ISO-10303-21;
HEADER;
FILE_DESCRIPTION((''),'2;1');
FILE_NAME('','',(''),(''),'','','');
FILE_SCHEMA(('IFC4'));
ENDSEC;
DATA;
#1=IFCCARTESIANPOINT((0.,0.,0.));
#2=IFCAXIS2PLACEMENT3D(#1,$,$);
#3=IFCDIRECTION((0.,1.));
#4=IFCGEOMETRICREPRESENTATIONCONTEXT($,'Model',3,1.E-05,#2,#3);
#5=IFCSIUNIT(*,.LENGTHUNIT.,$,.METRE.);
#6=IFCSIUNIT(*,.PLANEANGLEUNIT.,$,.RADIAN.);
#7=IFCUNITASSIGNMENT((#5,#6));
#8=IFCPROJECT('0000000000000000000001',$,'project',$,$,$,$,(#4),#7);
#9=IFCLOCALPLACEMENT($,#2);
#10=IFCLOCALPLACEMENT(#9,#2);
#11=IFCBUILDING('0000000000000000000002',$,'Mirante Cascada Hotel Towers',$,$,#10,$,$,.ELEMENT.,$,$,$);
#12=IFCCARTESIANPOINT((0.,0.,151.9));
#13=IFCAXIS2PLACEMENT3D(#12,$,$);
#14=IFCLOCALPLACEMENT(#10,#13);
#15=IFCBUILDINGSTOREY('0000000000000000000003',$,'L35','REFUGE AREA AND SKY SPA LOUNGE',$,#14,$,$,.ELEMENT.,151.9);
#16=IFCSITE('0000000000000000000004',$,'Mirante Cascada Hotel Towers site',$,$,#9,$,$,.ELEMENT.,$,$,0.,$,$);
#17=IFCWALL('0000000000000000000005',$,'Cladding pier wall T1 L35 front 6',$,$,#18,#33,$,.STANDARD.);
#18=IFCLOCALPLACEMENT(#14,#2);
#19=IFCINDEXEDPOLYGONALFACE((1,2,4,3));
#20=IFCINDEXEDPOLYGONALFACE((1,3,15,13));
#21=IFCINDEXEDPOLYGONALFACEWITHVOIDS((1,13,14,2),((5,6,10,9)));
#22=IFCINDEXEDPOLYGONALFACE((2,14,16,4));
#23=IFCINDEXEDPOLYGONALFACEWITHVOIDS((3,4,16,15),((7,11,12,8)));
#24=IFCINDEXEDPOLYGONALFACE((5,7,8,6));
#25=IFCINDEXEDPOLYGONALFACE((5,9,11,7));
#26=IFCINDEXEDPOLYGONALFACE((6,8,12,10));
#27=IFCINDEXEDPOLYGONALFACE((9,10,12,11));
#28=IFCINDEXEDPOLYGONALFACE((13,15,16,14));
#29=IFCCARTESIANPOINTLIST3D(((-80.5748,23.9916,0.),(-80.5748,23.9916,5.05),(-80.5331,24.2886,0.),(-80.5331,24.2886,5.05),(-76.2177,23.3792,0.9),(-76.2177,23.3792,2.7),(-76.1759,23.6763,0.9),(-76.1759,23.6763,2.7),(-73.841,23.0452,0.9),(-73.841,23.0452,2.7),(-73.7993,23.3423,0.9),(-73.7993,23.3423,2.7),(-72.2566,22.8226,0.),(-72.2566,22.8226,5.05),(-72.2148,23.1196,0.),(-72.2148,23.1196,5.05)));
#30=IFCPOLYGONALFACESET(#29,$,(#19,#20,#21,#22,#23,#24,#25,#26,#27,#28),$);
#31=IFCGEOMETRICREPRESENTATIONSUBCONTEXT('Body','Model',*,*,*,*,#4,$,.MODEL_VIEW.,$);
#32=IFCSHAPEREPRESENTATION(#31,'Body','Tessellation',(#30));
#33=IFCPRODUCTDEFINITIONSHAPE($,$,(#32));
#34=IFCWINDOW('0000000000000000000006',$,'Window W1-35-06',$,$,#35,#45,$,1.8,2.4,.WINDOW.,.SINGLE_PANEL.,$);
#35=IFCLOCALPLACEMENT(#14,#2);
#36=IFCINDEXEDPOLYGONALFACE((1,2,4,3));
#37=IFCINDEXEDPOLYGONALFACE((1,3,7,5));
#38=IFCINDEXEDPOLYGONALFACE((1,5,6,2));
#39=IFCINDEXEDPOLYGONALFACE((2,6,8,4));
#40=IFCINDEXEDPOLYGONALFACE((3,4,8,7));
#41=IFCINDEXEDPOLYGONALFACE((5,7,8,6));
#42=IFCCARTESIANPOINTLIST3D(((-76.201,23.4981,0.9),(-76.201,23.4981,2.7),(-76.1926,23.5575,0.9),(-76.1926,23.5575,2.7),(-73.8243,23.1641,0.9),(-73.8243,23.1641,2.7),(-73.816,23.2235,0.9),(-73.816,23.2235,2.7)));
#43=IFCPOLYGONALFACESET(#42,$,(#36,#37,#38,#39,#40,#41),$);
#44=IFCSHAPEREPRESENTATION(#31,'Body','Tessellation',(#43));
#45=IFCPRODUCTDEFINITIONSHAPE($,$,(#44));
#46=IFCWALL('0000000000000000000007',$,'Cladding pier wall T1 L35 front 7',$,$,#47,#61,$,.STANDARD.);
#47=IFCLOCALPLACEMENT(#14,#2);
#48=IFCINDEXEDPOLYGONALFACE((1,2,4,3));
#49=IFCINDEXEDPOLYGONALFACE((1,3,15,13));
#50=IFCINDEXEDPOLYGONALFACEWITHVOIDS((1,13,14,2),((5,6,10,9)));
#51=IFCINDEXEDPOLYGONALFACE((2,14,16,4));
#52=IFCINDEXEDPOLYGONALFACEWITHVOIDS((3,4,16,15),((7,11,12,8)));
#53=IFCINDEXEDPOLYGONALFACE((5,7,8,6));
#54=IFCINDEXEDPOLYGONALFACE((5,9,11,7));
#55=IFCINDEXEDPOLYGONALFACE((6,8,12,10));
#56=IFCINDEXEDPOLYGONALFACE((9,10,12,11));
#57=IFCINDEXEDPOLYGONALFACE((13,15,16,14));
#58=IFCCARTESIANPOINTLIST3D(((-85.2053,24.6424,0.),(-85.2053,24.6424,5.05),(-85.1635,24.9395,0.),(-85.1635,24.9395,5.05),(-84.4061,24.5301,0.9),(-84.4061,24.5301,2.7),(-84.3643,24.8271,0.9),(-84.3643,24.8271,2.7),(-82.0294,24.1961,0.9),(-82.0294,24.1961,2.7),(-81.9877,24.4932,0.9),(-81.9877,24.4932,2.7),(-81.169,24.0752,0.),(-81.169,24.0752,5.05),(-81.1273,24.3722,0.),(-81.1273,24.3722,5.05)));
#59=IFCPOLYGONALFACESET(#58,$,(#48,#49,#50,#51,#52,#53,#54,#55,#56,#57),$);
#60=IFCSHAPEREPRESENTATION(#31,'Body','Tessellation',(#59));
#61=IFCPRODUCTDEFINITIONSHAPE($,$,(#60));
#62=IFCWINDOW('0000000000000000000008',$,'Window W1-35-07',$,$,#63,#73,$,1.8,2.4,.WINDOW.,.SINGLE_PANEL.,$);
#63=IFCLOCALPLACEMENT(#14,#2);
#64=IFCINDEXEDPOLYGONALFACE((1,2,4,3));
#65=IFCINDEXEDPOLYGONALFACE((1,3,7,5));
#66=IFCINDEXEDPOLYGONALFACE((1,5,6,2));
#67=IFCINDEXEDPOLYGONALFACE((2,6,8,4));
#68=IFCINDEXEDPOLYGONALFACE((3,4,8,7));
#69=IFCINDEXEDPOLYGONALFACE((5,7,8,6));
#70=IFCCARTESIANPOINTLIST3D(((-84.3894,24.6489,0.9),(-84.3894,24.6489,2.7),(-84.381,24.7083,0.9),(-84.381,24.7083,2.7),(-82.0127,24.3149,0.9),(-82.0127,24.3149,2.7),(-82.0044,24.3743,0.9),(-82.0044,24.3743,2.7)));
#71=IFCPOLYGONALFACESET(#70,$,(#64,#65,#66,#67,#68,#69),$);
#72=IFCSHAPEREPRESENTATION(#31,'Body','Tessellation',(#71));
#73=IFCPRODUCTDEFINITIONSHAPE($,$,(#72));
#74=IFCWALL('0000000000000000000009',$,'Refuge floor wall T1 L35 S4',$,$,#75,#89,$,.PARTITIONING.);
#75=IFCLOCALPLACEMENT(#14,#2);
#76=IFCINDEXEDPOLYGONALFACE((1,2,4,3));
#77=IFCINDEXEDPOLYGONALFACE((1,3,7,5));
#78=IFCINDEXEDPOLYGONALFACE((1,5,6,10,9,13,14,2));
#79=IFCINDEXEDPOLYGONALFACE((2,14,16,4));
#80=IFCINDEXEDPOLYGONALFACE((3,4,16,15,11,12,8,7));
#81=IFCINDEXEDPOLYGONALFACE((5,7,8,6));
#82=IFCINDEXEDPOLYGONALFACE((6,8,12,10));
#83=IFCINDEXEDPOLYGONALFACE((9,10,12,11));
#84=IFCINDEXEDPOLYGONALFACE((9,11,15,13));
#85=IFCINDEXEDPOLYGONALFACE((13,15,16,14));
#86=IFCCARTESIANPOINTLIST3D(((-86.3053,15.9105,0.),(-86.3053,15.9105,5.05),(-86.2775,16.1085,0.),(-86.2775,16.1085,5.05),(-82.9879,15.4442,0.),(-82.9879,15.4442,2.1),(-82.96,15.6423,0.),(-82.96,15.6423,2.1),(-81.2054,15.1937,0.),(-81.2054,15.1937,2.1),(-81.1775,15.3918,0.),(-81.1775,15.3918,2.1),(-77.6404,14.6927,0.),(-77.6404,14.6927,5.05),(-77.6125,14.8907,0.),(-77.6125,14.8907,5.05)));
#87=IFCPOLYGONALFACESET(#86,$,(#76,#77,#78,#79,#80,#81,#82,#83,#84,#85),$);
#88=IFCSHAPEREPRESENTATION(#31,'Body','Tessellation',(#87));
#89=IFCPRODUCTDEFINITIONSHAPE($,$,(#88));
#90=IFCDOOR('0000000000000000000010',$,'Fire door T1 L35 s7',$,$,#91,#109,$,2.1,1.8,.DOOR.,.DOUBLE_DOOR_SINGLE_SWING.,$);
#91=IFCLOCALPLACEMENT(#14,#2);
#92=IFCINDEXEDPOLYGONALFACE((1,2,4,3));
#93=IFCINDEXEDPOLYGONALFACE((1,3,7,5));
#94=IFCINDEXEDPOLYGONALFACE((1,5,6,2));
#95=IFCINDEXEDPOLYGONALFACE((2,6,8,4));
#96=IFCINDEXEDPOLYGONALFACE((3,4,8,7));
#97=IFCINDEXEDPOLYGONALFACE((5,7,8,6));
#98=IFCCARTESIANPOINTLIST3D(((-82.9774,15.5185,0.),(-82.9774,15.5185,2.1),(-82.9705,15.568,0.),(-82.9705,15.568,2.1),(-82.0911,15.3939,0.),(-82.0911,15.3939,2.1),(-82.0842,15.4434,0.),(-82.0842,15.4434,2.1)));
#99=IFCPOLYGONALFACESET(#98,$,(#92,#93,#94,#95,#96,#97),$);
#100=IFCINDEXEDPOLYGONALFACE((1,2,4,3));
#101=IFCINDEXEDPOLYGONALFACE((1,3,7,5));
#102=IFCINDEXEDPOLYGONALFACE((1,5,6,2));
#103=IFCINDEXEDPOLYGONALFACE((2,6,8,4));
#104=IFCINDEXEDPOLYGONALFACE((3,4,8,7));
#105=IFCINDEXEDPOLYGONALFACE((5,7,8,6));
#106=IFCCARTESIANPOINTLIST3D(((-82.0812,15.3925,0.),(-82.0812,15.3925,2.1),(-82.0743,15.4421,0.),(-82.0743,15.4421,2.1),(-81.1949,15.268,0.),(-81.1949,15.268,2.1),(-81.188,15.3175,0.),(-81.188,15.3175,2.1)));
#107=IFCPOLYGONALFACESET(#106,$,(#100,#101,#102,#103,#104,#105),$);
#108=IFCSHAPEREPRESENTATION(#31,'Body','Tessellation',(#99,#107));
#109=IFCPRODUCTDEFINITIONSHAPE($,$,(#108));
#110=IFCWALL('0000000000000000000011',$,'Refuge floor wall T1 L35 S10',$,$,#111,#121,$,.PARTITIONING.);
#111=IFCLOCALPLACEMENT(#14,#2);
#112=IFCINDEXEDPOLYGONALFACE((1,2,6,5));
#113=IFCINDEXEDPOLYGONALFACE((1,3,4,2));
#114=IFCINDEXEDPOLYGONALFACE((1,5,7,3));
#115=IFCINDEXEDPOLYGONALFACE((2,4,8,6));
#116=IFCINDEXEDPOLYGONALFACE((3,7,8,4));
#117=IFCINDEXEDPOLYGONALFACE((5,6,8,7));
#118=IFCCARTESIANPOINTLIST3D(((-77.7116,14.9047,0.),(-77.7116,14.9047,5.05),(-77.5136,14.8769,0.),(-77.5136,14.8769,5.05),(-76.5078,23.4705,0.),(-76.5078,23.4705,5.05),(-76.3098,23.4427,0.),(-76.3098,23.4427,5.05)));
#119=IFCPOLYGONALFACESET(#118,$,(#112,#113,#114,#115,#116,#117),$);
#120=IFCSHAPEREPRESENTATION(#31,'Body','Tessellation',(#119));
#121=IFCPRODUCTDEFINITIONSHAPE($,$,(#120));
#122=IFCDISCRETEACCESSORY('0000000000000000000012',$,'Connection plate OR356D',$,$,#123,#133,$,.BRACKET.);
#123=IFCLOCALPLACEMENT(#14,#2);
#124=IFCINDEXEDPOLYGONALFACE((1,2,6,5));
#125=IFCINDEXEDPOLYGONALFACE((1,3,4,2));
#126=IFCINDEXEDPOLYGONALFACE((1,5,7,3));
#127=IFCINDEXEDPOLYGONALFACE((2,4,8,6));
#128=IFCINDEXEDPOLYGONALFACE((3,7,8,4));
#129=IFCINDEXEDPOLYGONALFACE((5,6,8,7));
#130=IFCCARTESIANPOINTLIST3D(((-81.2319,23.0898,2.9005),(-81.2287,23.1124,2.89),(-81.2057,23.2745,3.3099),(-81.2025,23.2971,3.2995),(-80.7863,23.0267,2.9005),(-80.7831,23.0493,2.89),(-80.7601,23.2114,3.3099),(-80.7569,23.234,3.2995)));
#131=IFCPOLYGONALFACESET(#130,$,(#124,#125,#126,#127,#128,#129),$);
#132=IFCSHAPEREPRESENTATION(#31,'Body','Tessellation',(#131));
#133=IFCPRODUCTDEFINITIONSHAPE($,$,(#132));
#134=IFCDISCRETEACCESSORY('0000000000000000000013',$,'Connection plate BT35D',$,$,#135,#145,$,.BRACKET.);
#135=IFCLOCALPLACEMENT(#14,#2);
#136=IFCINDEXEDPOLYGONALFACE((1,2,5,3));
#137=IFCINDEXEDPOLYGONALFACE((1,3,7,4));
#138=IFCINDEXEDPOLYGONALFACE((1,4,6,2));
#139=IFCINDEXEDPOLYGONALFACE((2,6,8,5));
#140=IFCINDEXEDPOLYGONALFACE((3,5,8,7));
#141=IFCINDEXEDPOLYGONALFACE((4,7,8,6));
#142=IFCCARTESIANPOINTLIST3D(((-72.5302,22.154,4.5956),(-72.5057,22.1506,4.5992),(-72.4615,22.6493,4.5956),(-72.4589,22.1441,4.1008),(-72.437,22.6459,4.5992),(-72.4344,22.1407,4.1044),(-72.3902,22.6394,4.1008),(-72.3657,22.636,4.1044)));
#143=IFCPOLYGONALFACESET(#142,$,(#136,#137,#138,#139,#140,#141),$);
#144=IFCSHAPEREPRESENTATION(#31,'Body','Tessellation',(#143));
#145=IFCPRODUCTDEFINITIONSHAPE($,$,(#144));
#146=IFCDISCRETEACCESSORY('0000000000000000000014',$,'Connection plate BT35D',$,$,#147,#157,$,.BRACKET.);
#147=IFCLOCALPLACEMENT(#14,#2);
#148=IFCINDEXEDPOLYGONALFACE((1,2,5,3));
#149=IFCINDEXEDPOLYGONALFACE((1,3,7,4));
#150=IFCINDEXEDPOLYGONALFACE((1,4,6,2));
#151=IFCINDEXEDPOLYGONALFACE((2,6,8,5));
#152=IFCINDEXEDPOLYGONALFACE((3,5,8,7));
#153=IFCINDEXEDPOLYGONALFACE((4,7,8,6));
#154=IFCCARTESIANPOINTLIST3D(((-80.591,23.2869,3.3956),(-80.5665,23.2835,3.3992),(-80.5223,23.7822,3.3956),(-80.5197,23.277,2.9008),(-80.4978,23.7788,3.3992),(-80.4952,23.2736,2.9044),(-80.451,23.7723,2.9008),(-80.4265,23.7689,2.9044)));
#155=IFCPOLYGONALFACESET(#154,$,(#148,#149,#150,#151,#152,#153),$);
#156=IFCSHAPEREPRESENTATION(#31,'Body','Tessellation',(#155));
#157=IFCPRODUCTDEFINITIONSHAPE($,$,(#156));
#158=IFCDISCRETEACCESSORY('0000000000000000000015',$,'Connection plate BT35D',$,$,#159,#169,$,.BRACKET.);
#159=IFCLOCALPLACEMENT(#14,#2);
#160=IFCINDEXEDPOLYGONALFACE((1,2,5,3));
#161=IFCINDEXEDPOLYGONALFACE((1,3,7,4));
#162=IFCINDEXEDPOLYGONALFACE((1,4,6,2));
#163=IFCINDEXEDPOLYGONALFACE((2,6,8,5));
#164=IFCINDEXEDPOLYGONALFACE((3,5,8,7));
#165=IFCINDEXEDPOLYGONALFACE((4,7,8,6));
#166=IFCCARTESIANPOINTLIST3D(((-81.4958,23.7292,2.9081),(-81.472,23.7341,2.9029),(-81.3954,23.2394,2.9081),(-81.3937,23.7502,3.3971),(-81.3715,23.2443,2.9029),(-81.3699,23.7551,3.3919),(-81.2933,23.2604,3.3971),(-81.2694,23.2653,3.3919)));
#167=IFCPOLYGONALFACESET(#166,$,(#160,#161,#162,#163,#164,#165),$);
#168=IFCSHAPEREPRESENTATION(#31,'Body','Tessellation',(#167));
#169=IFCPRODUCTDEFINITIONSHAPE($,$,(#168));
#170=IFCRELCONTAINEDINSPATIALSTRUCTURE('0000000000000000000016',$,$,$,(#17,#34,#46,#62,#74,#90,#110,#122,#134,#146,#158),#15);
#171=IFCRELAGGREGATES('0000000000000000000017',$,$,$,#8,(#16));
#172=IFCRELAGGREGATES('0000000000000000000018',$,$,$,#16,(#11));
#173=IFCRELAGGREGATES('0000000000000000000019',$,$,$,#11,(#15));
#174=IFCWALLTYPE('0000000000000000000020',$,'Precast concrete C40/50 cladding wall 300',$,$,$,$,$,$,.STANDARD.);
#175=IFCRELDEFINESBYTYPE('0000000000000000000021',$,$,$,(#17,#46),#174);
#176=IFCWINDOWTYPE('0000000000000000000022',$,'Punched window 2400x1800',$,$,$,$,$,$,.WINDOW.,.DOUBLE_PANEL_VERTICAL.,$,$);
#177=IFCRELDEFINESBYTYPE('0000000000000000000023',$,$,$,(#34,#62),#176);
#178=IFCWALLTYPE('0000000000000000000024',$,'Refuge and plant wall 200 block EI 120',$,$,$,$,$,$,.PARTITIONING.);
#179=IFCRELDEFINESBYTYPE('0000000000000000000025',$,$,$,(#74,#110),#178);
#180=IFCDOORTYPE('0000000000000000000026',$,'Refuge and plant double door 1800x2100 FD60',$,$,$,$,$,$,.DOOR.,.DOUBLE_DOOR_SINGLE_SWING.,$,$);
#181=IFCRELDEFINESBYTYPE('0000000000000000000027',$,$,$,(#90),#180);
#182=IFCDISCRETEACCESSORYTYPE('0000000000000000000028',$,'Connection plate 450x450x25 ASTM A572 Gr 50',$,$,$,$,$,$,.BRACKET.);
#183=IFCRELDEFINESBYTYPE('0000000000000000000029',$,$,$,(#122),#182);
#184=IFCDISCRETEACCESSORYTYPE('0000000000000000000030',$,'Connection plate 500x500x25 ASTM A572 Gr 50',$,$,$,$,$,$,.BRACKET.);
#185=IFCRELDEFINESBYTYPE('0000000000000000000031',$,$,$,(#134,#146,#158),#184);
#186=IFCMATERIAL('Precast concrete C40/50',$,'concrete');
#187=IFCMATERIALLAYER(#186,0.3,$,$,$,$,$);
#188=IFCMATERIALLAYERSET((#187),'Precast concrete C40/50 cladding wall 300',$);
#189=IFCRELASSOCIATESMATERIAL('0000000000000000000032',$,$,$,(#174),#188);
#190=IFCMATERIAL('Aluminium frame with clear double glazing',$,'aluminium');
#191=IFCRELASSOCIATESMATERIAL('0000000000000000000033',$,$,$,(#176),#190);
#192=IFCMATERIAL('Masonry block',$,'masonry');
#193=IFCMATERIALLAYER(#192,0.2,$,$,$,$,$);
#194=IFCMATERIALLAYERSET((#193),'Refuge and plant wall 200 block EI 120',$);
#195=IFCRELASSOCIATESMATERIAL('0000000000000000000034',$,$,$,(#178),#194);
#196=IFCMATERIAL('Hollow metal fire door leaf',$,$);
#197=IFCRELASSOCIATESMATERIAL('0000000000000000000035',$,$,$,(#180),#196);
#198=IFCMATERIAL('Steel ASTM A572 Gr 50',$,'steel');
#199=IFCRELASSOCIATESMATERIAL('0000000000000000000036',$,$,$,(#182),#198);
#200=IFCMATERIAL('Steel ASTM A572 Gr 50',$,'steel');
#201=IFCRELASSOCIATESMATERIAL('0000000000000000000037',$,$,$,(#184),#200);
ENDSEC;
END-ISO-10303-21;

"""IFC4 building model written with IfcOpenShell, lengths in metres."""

from ifc_helpers import new_model, si_unit, direction, frame, frame_2d, origin, origin_2d, place, context, subcontext, project, spatial, rectangle, extrude, material, layer, layer_set, material_profile, profile_set, type_object, element, fill, save


model = new_model("IFC4")

# Units and contexts
model_context = context("Model", 3, precision=1e-05, world=origin(), true_north=direction((0.0, 1.0)))
body_context = subcontext(model_context, "Body", "Model", "MODEL_VIEW")
ifc_project = project(units=[si_unit("LENGTHUNIT", "METRE"), si_unit("PLANEANGLEUNIT", "RADIAN")], contexts=[model_context])

# Site, building, storey
site_placement = place(None, origin())
site = spatial("IfcSite", under=ifc_project, at=site_placement, Name="Mirante Cascada Hotel Towers site", CompositionType="ELEMENT", RefElevation=0.0)
building_placement = place(site_placement, origin())
building = spatial("IfcBuilding", under=site, at=building_placement, Name="Mirante Cascada Hotel Towers", CompositionType="ELEMENT")
storey_placement = place(building_placement, frame((0.0, 0.0, 151.9)))
storey = spatial("IfcBuildingStorey", under=building, at=storey_placement, Name="L35", Description="REFUGE AREA AND SKY SPA LOUNGE", CompositionType="ELEMENT", Elevation=151.9)

# Walls, openings, windows
ifc_material_1 = material(Name="Precast concrete C40/50", Category="concrete")
ifc_layer_1 = layer(ifc_material_1, 0.3)
ifc_layer_set_1 = layer_set([ifc_layer_1], Name="Precast concrete C40/50 cladding wall 300")
wall_type_1 = type_object("IfcWallType", Name="Precast concrete C40/50 cladding wall 300", PredefinedType="STANDARD", material=ifc_layer_set_1)
wall_1_placement = place(storey_placement, frame((-72.2357, 22.9711, 0.0), z_axis=(0.0, 0.0, 1.0), x_axis=(-0.990269, 0.139166, 0.0)))
wall_1 = element("IfcWall", 1, at=wall_1_placement, inside=storey, type_object=wall_type_1, Name="Cladding pier wall T1 L35 front 6", PredefinedType="STANDARD", context=body_context, shape_type="SweptSolid", body=[
    extrude(rectangle(XDim=8.4, YDim=0.3, at=frame_2d((4.2, 0.0))), origin(), (0.0, 0.0, 1.0), 5.05),
])
opening_1_placement = place(wall_1_placement, frame((1.6, 0.0, 0.9)))
opening_1 = element("IfcOpeningElement", 2, at=opening_1_placement, cuts=wall_1, PredefinedType="OPENING", context=body_context, shape_type="SweptSolid", body=[
    extrude(rectangle(XDim=2.4, YDim=1.8, at=frame_2d((1.2, 0.9))), frame((0.0, 0.15, 0.0), z_axis=(0.0, -1.0, 0.0), x_axis=(1.0, 0.0, 0.0)), (0.0, 0.0, 1.0), 0.3),
])
ifc_material_2 = material(Name="Aluminium frame with clear double glazing", Category="aluminium")
window_type = type_object("IfcWindowType", Name="Punched window 2400x1800", PartitioningType="DOUBLE_PANEL_VERTICAL", PredefinedType="WINDOW", material=ifc_material_2)
window_1_placement = place(opening_1_placement, origin())
window_1 = element("IfcWindow", 3, at=window_1_placement, inside=storey, type_object=window_type, Name="Window W1-35-06", OverallHeight=1.8, OverallWidth=2.4, PartitioningType="SINGLE_PANEL", PredefinedType="WINDOW", context=body_context, shape_type="SweptSolid", body=[
    extrude(rectangle(XDim=2.4, YDim=1.8, at=frame_2d((1.2, 0.9))), frame((0.0, 0.03, 0.0), z_axis=(0.0, -1.0, 0.0), x_axis=(1.0, 0.0, 0.0)), (0.0, 0.0, 1.0), 0.06),
])
fill(opening_1, window_1)
wall_2_placement = place(storey_placement, frame((-81.1481, 24.2237, 0.0), z_axis=(0.0, 0.0, 1.0), x_axis=(-0.99027, 0.139161, 0.0)))
wall_2 = element("IfcWall", 4, at=wall_2_placement, inside=storey, type_object=wall_type_1, Name="Cladding pier wall T1 L35 front 7", PredefinedType="STANDARD", context=body_context, shape_type="SweptSolid", body=[
    extrude(rectangle(XDim=4.0759, YDim=0.3, at=frame_2d((2.038, 0.0))), origin(), (0.0, 0.0, 1.0), 5.05),
])
opening_2_placement = place(wall_2_placement, frame((0.8689, 0.0, 0.9)))
opening_2 = element("IfcOpeningElement", 5, at=opening_2_placement, cuts=wall_2, PredefinedType="OPENING", context=body_context, shape_type="SweptSolid", body=[
    extrude(rectangle(XDim=2.4, YDim=1.8, at=frame_2d((1.2, 0.9))), frame((0.0, 0.15, 0.0), z_axis=(0.0, -1.0, 0.0), x_axis=(1.0, 0.0, 0.0)), (0.0, 0.0, 1.0), 0.3),
])
window_2_placement = place(opening_2_placement, origin())
window_2 = element("IfcWindow", 6, at=window_2_placement, inside=storey, type_object=window_type, Name="Window W1-35-07", OverallHeight=1.8, OverallWidth=2.4, PartitioningType="SINGLE_PANEL", PredefinedType="WINDOW", context=body_context, shape_type="SweptSolid", body=[
    extrude(rectangle(XDim=2.4, YDim=1.8, at=frame_2d((1.2, 0.9))), frame((0.0, 0.03, 0.0), z_axis=(0.0, -1.0, 0.0), x_axis=(1.0, 0.0, 0.0)), (0.0, 0.0, 1.0), 0.06),
])
fill(opening_2, window_2)

# Wall, opening, door
ifc_material_3 = material(Name="Masonry block", Category="masonry")
ifc_layer_2 = layer(ifc_material_3, 0.2)
ifc_layer_set_2 = layer_set([ifc_layer_2], Name="Refuge and plant wall 200 block EI 120")
wall_type_2 = type_object("IfcWallType", Name="Refuge and plant wall 200 block EI 120", PredefinedType="PARTITIONING", material=ifc_layer_set_2)
wall_3_placement = place(storey_placement, frame((-77.6265, 14.7917, 0.0), z_axis=(0.0, 0.0, 1.0), x_axis=(-0.990268, 0.139176, 0.0)))
wall_3 = element("IfcWall", 7, at=wall_3_placement, inside=storey, type_object=wall_type_2, Name="Refuge floor wall T1 L35 S4", PredefinedType="PARTITIONING", context=body_context, shape_type="SweptSolid", body=[
    extrude(rectangle(XDim=8.7501, YDim=0.2, at=frame_2d((4.375, 0.0))), origin(), (0.0, 0.0, 1.0), 5.05),
])
opening_3_placement = place(wall_3_placement, frame((3.6, 0.0, 0.0)))
opening_3 = element("IfcOpeningElement", 8, at=opening_3_placement, cuts=wall_3, PredefinedType="OPENING", context=body_context, shape_type="SweptSolid", body=[
    extrude(rectangle(XDim=1.8, YDim=2.1, at=frame_2d((0.9, 1.05))), frame((0.0, 0.1, 0.0), z_axis=(0.0, -1.0, 0.0), x_axis=(1.0, 0.0, 0.0)), (0.0, 0.0, 1.0), 0.2),
])
ifc_material_4 = material(Name="Hollow metal fire door leaf")
door_type = type_object("IfcDoorType", Name="Refuge and plant double door 1800x2100 FD60", OperationType="DOUBLE_DOOR_SINGLE_SWING", PredefinedType="DOOR", material=ifc_material_4)
door_placement = place(opening_3_placement, frame((1.8, 0.0, 0.0), z_axis=(0.0, 0.0, 1.0), x_axis=(-1.0, 0.0, 0.0)))
door = element("IfcDoor", 9, at=door_placement, inside=storey, type_object=door_type, Name="Fire door T1 L35 s7", OperationType="DOUBLE_DOOR_SINGLE_SWING", OverallHeight=2.1, OverallWidth=1.8, PredefinedType="DOOR", context=body_context, shape_type="SweptSolid", body=[
    extrude(rectangle(XDim=0.895, YDim=2.1, at=frame_2d((0.4475, 1.05))), frame((0.0, 0.025, 0.0), z_axis=(0.0, -1.0, 0.0), x_axis=(1.0, 0.0, 0.0)), (0.0, 0.0, 1.0), 0.05),
    extrude(rectangle(XDim=0.895, YDim=2.1, at=frame_2d((1.3525, 1.05))), frame((0.0, 0.025, 0.0), z_axis=(0.0, -1.0, 0.0), x_axis=(1.0, 0.0, 0.0)), (0.0, 0.0, 1.0), 0.05),
])
fill(opening_3, door)

# Wall
wall_4_placement = place(storey_placement, frame((-77.6126, 14.8908, 0.0), z_axis=(0.0, 0.0, 1.0), x_axis=(0.139168, 0.990269, 0.0)))
element("IfcWall", 10, at=wall_4_placement, inside=storey, type_object=wall_type_2, Name="Refuge floor wall T1 L35 S10", PredefinedType="PARTITIONING", context=body_context, shape_type="SweptSolid", body=[
    extrude(rectangle(XDim=8.65, YDim=0.2, at=frame_2d((4.325, 0.0))), origin(), (0.0, 0.0, 1.0), 5.05),
])

# Discrete accessories
ifc_material_5 = material(Name="Steel ASTM A572 Gr 50", Category="steel")
ifc_material_profile_1 = material_profile(ifc_material_5, rectangle(XDim=0.45, YDim=0.45, at=origin_2d()), Name="Connection plate 450x450x25 ASTM A572 Gr 50")
ifc_profile_set_1 = profile_set([ifc_material_profile_1], Name="Steel ASTM A572 Gr 50")
discrete_accessory_type_1 = type_object("IfcDiscreteAccessoryType", Name="Connection plate 450x450x25 ASTM A572 Gr 50", PredefinedType="BRACKET", material=ifc_profile_set_1)
discrete_accessory_1_placement = place(storey_placement, frame((-80.996, 23.1506, 3.1052), z_axis=(0.127576, 0.901006, -0.414622), x_axis=(-0.990124, 0.140194, 0.0)))
element("IfcDiscreteAccessory", 11, at=discrete_accessory_1_placement, inside=storey, type_object=discrete_accessory_type_1, Name="Connection plate OR356D", PredefinedType="BRACKET", context=body_context, shape_type="SweptSolid", body=[
    extrude(rectangle(XDim=0.45, YDim=0.45, at=origin_2d()), origin(), (0.0, 0.0, 1.0), 0.0251),
])
ifc_material_6 = material(Name="Steel ASTM A572 Gr 50", Category="steel")
ifc_material_profile_2 = material_profile(ifc_material_6, rectangle(XDim=0.5, YDim=0.5, at=origin_2d()), Name="Connection plate 500x500x25 ASTM A572 Gr 50")
ifc_profile_set_2 = profile_set([ifc_material_profile_2], Name="Steel ASTM A572 Gr 50")
discrete_accessory_type_2 = type_object("IfcDiscreteAccessoryType", Name="Connection plate 500x500x25 ASTM A572 Gr 50", PredefinedType="BRACKET", material=ifc_profile_set_2)
for number, where, z_axis, x_axis, name in (
    (12, (-72.4357, 22.3933, 4.3518), (-0.98018, 0.136025, -0.144027), (-0.137458, -0.990508, 0.0), "Connection plate BT35D"),
    (13, (-80.4965, 23.5262, 3.1518), (-0.98018, 0.136025, -0.144027), (-0.137458, -0.990508, 0.0), "Connection plate BT35D"),
):
    element("IfcDiscreteAccessory", number, at=place(storey_placement, frame(where, z_axis=z_axis, x_axis=x_axis)), inside=storey, type_object=discrete_accessory_type_2, Name=name, PredefinedType="BRACKET", context=body_context, shape_type="SweptSolid", body=[
        extrude(rectangle(XDim=0.5, YDim=0.5, at=origin_2d()), origin(), (0.0, 0.0, 1.0), 0.025),
    ])
for number, where, z_axis, x_axis, name in (
    (14, (-81.3707, 23.4997, 3.1474), (-0.958102, -0.196431, 0.208457), (0.200843, -0.979623, 0.0), "Connection plate BT35D"),
):
    element("IfcDiscreteAccessory", number, at=place(storey_placement, frame(where, z_axis=z_axis, x_axis=x_axis)), inside=storey, type_object=discrete_accessory_type_2, Name=name, PredefinedType="BRACKET", context=body_context, shape_type="SweptSolid", body=[
        extrude(rectangle(XDim=0.5, YDim=0.5, at=origin_2d()), origin(), (0.0, 0.0, 1.0), 0.0249),
    ])

save(model, "model.ifc")
